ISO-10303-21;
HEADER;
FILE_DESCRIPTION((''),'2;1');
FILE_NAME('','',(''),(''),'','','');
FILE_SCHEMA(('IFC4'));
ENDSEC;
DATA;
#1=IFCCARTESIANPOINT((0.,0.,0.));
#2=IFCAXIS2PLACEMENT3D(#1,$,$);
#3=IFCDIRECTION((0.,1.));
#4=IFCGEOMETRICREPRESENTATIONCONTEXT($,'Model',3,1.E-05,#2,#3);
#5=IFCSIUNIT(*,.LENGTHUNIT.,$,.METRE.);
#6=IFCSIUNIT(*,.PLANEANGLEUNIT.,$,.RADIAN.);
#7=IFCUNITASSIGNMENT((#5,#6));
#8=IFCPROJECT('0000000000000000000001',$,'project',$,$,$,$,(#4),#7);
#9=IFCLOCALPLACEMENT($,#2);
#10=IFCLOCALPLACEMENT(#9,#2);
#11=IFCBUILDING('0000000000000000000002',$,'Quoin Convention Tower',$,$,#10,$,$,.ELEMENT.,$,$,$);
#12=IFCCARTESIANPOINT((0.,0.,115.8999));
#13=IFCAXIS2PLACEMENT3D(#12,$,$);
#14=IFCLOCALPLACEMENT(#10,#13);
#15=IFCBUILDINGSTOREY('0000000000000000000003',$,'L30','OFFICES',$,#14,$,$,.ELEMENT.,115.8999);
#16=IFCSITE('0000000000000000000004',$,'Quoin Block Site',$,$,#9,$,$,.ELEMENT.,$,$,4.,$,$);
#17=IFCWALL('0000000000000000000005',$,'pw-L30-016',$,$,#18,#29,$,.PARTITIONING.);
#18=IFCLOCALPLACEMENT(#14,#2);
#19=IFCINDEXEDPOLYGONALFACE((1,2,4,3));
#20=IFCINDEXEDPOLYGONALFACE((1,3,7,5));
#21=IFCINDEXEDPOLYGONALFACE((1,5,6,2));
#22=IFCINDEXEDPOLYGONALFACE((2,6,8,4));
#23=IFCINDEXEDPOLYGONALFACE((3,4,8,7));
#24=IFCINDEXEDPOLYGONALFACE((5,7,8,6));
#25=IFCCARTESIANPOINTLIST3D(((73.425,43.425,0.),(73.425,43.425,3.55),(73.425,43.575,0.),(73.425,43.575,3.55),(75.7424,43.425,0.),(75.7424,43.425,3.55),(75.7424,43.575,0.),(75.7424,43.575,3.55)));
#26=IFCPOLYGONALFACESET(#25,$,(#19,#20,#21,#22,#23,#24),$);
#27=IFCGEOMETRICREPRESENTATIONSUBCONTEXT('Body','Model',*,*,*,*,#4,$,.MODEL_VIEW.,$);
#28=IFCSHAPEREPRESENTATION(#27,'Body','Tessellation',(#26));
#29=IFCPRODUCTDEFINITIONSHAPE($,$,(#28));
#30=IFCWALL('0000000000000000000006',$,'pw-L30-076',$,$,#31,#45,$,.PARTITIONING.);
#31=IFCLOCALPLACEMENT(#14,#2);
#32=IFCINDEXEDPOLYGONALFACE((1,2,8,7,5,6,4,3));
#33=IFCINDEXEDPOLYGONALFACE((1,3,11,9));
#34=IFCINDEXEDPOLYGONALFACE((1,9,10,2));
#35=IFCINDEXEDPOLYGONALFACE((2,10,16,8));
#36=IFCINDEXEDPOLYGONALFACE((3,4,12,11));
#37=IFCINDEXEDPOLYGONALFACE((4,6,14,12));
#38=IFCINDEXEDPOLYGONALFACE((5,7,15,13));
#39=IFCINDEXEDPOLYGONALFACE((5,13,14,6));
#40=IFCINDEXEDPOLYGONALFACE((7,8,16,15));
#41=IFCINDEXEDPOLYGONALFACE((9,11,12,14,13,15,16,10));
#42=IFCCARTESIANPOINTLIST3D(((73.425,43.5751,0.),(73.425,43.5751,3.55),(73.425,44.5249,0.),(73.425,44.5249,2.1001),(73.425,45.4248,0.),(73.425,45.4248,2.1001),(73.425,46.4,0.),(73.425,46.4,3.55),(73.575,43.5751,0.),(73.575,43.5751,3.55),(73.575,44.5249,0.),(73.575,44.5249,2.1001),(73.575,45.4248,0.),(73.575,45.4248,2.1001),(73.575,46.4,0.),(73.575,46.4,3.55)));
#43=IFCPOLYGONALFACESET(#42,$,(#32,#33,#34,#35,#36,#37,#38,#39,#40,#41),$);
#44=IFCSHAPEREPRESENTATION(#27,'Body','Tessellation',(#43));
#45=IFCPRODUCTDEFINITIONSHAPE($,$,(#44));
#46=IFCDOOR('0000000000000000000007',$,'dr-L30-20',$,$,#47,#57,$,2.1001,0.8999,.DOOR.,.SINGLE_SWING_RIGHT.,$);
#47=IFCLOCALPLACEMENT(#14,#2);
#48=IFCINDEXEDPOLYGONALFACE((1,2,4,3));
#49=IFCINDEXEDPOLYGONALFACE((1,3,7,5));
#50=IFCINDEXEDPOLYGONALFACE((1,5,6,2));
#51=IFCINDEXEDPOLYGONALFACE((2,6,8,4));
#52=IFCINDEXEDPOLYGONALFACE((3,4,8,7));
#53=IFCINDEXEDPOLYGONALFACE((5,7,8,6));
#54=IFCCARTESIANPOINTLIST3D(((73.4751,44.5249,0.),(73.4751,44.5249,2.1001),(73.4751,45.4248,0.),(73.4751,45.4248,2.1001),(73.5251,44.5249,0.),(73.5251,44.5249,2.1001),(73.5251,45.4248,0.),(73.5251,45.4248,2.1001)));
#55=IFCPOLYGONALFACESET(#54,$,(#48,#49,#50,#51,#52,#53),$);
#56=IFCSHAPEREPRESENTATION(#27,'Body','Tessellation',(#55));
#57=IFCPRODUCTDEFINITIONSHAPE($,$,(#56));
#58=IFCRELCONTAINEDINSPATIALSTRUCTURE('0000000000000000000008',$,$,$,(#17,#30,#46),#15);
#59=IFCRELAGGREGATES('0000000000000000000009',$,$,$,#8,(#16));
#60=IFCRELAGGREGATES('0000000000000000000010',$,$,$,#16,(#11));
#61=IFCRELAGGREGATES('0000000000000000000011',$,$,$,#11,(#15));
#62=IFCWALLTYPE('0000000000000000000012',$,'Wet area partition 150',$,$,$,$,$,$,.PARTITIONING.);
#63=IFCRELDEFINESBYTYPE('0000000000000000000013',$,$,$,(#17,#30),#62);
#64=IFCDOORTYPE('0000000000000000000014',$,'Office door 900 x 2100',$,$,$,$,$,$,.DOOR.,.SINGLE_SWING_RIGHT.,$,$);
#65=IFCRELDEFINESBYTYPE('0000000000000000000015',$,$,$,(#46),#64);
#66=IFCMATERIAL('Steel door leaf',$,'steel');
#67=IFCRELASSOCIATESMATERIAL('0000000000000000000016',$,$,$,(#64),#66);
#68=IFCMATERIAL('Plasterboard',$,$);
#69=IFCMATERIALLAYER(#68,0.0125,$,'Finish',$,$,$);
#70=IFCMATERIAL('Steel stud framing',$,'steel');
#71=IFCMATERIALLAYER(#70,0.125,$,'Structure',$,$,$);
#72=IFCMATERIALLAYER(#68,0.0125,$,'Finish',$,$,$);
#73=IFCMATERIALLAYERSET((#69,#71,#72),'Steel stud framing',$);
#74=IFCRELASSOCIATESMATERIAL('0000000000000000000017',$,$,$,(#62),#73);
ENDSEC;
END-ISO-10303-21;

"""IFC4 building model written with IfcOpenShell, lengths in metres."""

from ifc_helpers import new_model, si_unit, direction, frame, frame_2d, origin, place, context, subcontext, project, spatial, rectangle, extrude, material, layer, layer_set, type_object, element, fill, save


model = new_model("IFC4")

# Units and contexts
model_context = context("Model", 3, precision=1e-05, world=origin(), true_north=direction((0.0, 1.0)))
body_context = subcontext(model_context, "Body", "Model", "MODEL_VIEW")
ifc_project = project(units=[si_unit("LENGTHUNIT", "METRE"), si_unit("PLANEANGLEUNIT", "RADIAN")], contexts=[model_context])

# Site, building, storey
site_placement = place(None, origin())
site = spatial("IfcSite", under=ifc_project, at=site_placement, Name="Quoin Block Site", CompositionType="ELEMENT", RefElevation=4.0)
building_placement = place(site_placement, origin())
building = spatial("IfcBuilding", under=site, at=building_placement, Name="Quoin Convention Tower", CompositionType="ELEMENT")
storey_placement = place(building_placement, frame((0.0, 0.0, 115.8999)))
storey = spatial("IfcBuildingStorey", under=building, at=storey_placement, Name="L30", Description="OFFICES", CompositionType="ELEMENT", Elevation=115.8999)

# Shared definitions
ifc_material_1 = material(Name="Plasterboard")
ifc_material_2 = material(Name="Steel stud framing", Category="steel")
ifc_material_3 = material(Name="Steel door leaf", Category="steel")
door_type_1 = type_object("IfcDoorType", Name="Office door 900 x 2100", OperationType="SINGLE_SWING_RIGHT", PredefinedType="DOOR", material=ifc_material_3)

# Wall
ifc_layer_1 = layer(ifc_material_1, 0.0125, Name="Finish")
ifc_layer_2 = layer(ifc_material_2, 0.125, Name="Structure")
ifc_layer_3 = layer(ifc_material_1, 0.0125, Name="Finish")
ifc_layer_set_1 = layer_set([ifc_layer_1, ifc_layer_2, ifc_layer_3], Name="Steel stud framing")
wall_type_1 = type_object("IfcWallType", Name="Wet area partition 150", PredefinedType="PARTITIONING", material=ifc_layer_set_1)
wall_1_placement = place(storey_placement, frame((73.425, 43.5, 0.0), z_axis=(0.0, 0.0, 1.0), x_axis=(1.0, 0.0, 0.0)))
element("IfcWall", 1, at=wall_1_placement, inside=storey, type_object=wall_type_1, Name="pw-L30-016", PredefinedType="PARTITIONING", context=body_context, shape_type="SweptSolid", body=[
    extrude(rectangle(XDim=2.3174, YDim=0.1499, at=frame_2d((1.1587, 0.0))), origin(), (0.0, 0.0, 1.0), 3.55),
])

# Wall, opening, door
wall_2_placement = place(storey_placement, frame((73.5, 43.575, 0.0), z_axis=(0.0, 0.0, 1.0), x_axis=(0.0, 1.0, 0.0)))
wall_2 = element("IfcWall", 2, at=wall_2_placement, inside=storey, type_object=wall_type_1, Name="pw-L30-076", PredefinedType="PARTITIONING", context=body_context, shape_type="SweptSolid", body=[
    extrude(rectangle(XDim=2.825, YDim=0.1499, at=frame_2d((1.4126, 0.0))), origin(), (0.0, 0.0, 1.0), 3.55),
])
opening_1_placement = place(wall_2_placement, frame((0.95, 0.0, 0.0)))
opening_1 = element("IfcOpeningElement", 3, at=opening_1_placement, cuts=wall_2, PredefinedType="OPENING", context=body_context, shape_type="SweptSolid", body=[
    extrude(rectangle(XDim=0.8999, YDim=2.1001, at=frame_2d((0.45, 1.05))), frame((0.0, 0.085, 0.0), z_axis=(0.0, -1.0, 0.0), x_axis=(1.0, 0.0, 0.0)), (0.0, 0.0, 1.0), 0.1699),
])
door_1_placement = place(opening_1_placement, origin())
door_1 = element("IfcDoor", 4, at=door_1_placement, inside=storey, type_object=door_type_1, Name="dr-L30-20", OperationType="SINGLE_SWING_RIGHT", OverallHeight=2.1001, OverallWidth=0.8999, PredefinedType="DOOR", context=body_context, shape_type="SweptSolid", body=[
    extrude(rectangle(XDim=0.8999, YDim=2.1001, at=frame_2d((0.45, 1.05))), frame((0.0, 0.0249, 0.0), z_axis=(0.0, -1.0, 0.0), x_axis=(1.0, 0.0, 0.0)), (0.0, 0.0, 1.0), 0.05),
])
fill(opening_1, door_1)

save(model, "model.ifc")
